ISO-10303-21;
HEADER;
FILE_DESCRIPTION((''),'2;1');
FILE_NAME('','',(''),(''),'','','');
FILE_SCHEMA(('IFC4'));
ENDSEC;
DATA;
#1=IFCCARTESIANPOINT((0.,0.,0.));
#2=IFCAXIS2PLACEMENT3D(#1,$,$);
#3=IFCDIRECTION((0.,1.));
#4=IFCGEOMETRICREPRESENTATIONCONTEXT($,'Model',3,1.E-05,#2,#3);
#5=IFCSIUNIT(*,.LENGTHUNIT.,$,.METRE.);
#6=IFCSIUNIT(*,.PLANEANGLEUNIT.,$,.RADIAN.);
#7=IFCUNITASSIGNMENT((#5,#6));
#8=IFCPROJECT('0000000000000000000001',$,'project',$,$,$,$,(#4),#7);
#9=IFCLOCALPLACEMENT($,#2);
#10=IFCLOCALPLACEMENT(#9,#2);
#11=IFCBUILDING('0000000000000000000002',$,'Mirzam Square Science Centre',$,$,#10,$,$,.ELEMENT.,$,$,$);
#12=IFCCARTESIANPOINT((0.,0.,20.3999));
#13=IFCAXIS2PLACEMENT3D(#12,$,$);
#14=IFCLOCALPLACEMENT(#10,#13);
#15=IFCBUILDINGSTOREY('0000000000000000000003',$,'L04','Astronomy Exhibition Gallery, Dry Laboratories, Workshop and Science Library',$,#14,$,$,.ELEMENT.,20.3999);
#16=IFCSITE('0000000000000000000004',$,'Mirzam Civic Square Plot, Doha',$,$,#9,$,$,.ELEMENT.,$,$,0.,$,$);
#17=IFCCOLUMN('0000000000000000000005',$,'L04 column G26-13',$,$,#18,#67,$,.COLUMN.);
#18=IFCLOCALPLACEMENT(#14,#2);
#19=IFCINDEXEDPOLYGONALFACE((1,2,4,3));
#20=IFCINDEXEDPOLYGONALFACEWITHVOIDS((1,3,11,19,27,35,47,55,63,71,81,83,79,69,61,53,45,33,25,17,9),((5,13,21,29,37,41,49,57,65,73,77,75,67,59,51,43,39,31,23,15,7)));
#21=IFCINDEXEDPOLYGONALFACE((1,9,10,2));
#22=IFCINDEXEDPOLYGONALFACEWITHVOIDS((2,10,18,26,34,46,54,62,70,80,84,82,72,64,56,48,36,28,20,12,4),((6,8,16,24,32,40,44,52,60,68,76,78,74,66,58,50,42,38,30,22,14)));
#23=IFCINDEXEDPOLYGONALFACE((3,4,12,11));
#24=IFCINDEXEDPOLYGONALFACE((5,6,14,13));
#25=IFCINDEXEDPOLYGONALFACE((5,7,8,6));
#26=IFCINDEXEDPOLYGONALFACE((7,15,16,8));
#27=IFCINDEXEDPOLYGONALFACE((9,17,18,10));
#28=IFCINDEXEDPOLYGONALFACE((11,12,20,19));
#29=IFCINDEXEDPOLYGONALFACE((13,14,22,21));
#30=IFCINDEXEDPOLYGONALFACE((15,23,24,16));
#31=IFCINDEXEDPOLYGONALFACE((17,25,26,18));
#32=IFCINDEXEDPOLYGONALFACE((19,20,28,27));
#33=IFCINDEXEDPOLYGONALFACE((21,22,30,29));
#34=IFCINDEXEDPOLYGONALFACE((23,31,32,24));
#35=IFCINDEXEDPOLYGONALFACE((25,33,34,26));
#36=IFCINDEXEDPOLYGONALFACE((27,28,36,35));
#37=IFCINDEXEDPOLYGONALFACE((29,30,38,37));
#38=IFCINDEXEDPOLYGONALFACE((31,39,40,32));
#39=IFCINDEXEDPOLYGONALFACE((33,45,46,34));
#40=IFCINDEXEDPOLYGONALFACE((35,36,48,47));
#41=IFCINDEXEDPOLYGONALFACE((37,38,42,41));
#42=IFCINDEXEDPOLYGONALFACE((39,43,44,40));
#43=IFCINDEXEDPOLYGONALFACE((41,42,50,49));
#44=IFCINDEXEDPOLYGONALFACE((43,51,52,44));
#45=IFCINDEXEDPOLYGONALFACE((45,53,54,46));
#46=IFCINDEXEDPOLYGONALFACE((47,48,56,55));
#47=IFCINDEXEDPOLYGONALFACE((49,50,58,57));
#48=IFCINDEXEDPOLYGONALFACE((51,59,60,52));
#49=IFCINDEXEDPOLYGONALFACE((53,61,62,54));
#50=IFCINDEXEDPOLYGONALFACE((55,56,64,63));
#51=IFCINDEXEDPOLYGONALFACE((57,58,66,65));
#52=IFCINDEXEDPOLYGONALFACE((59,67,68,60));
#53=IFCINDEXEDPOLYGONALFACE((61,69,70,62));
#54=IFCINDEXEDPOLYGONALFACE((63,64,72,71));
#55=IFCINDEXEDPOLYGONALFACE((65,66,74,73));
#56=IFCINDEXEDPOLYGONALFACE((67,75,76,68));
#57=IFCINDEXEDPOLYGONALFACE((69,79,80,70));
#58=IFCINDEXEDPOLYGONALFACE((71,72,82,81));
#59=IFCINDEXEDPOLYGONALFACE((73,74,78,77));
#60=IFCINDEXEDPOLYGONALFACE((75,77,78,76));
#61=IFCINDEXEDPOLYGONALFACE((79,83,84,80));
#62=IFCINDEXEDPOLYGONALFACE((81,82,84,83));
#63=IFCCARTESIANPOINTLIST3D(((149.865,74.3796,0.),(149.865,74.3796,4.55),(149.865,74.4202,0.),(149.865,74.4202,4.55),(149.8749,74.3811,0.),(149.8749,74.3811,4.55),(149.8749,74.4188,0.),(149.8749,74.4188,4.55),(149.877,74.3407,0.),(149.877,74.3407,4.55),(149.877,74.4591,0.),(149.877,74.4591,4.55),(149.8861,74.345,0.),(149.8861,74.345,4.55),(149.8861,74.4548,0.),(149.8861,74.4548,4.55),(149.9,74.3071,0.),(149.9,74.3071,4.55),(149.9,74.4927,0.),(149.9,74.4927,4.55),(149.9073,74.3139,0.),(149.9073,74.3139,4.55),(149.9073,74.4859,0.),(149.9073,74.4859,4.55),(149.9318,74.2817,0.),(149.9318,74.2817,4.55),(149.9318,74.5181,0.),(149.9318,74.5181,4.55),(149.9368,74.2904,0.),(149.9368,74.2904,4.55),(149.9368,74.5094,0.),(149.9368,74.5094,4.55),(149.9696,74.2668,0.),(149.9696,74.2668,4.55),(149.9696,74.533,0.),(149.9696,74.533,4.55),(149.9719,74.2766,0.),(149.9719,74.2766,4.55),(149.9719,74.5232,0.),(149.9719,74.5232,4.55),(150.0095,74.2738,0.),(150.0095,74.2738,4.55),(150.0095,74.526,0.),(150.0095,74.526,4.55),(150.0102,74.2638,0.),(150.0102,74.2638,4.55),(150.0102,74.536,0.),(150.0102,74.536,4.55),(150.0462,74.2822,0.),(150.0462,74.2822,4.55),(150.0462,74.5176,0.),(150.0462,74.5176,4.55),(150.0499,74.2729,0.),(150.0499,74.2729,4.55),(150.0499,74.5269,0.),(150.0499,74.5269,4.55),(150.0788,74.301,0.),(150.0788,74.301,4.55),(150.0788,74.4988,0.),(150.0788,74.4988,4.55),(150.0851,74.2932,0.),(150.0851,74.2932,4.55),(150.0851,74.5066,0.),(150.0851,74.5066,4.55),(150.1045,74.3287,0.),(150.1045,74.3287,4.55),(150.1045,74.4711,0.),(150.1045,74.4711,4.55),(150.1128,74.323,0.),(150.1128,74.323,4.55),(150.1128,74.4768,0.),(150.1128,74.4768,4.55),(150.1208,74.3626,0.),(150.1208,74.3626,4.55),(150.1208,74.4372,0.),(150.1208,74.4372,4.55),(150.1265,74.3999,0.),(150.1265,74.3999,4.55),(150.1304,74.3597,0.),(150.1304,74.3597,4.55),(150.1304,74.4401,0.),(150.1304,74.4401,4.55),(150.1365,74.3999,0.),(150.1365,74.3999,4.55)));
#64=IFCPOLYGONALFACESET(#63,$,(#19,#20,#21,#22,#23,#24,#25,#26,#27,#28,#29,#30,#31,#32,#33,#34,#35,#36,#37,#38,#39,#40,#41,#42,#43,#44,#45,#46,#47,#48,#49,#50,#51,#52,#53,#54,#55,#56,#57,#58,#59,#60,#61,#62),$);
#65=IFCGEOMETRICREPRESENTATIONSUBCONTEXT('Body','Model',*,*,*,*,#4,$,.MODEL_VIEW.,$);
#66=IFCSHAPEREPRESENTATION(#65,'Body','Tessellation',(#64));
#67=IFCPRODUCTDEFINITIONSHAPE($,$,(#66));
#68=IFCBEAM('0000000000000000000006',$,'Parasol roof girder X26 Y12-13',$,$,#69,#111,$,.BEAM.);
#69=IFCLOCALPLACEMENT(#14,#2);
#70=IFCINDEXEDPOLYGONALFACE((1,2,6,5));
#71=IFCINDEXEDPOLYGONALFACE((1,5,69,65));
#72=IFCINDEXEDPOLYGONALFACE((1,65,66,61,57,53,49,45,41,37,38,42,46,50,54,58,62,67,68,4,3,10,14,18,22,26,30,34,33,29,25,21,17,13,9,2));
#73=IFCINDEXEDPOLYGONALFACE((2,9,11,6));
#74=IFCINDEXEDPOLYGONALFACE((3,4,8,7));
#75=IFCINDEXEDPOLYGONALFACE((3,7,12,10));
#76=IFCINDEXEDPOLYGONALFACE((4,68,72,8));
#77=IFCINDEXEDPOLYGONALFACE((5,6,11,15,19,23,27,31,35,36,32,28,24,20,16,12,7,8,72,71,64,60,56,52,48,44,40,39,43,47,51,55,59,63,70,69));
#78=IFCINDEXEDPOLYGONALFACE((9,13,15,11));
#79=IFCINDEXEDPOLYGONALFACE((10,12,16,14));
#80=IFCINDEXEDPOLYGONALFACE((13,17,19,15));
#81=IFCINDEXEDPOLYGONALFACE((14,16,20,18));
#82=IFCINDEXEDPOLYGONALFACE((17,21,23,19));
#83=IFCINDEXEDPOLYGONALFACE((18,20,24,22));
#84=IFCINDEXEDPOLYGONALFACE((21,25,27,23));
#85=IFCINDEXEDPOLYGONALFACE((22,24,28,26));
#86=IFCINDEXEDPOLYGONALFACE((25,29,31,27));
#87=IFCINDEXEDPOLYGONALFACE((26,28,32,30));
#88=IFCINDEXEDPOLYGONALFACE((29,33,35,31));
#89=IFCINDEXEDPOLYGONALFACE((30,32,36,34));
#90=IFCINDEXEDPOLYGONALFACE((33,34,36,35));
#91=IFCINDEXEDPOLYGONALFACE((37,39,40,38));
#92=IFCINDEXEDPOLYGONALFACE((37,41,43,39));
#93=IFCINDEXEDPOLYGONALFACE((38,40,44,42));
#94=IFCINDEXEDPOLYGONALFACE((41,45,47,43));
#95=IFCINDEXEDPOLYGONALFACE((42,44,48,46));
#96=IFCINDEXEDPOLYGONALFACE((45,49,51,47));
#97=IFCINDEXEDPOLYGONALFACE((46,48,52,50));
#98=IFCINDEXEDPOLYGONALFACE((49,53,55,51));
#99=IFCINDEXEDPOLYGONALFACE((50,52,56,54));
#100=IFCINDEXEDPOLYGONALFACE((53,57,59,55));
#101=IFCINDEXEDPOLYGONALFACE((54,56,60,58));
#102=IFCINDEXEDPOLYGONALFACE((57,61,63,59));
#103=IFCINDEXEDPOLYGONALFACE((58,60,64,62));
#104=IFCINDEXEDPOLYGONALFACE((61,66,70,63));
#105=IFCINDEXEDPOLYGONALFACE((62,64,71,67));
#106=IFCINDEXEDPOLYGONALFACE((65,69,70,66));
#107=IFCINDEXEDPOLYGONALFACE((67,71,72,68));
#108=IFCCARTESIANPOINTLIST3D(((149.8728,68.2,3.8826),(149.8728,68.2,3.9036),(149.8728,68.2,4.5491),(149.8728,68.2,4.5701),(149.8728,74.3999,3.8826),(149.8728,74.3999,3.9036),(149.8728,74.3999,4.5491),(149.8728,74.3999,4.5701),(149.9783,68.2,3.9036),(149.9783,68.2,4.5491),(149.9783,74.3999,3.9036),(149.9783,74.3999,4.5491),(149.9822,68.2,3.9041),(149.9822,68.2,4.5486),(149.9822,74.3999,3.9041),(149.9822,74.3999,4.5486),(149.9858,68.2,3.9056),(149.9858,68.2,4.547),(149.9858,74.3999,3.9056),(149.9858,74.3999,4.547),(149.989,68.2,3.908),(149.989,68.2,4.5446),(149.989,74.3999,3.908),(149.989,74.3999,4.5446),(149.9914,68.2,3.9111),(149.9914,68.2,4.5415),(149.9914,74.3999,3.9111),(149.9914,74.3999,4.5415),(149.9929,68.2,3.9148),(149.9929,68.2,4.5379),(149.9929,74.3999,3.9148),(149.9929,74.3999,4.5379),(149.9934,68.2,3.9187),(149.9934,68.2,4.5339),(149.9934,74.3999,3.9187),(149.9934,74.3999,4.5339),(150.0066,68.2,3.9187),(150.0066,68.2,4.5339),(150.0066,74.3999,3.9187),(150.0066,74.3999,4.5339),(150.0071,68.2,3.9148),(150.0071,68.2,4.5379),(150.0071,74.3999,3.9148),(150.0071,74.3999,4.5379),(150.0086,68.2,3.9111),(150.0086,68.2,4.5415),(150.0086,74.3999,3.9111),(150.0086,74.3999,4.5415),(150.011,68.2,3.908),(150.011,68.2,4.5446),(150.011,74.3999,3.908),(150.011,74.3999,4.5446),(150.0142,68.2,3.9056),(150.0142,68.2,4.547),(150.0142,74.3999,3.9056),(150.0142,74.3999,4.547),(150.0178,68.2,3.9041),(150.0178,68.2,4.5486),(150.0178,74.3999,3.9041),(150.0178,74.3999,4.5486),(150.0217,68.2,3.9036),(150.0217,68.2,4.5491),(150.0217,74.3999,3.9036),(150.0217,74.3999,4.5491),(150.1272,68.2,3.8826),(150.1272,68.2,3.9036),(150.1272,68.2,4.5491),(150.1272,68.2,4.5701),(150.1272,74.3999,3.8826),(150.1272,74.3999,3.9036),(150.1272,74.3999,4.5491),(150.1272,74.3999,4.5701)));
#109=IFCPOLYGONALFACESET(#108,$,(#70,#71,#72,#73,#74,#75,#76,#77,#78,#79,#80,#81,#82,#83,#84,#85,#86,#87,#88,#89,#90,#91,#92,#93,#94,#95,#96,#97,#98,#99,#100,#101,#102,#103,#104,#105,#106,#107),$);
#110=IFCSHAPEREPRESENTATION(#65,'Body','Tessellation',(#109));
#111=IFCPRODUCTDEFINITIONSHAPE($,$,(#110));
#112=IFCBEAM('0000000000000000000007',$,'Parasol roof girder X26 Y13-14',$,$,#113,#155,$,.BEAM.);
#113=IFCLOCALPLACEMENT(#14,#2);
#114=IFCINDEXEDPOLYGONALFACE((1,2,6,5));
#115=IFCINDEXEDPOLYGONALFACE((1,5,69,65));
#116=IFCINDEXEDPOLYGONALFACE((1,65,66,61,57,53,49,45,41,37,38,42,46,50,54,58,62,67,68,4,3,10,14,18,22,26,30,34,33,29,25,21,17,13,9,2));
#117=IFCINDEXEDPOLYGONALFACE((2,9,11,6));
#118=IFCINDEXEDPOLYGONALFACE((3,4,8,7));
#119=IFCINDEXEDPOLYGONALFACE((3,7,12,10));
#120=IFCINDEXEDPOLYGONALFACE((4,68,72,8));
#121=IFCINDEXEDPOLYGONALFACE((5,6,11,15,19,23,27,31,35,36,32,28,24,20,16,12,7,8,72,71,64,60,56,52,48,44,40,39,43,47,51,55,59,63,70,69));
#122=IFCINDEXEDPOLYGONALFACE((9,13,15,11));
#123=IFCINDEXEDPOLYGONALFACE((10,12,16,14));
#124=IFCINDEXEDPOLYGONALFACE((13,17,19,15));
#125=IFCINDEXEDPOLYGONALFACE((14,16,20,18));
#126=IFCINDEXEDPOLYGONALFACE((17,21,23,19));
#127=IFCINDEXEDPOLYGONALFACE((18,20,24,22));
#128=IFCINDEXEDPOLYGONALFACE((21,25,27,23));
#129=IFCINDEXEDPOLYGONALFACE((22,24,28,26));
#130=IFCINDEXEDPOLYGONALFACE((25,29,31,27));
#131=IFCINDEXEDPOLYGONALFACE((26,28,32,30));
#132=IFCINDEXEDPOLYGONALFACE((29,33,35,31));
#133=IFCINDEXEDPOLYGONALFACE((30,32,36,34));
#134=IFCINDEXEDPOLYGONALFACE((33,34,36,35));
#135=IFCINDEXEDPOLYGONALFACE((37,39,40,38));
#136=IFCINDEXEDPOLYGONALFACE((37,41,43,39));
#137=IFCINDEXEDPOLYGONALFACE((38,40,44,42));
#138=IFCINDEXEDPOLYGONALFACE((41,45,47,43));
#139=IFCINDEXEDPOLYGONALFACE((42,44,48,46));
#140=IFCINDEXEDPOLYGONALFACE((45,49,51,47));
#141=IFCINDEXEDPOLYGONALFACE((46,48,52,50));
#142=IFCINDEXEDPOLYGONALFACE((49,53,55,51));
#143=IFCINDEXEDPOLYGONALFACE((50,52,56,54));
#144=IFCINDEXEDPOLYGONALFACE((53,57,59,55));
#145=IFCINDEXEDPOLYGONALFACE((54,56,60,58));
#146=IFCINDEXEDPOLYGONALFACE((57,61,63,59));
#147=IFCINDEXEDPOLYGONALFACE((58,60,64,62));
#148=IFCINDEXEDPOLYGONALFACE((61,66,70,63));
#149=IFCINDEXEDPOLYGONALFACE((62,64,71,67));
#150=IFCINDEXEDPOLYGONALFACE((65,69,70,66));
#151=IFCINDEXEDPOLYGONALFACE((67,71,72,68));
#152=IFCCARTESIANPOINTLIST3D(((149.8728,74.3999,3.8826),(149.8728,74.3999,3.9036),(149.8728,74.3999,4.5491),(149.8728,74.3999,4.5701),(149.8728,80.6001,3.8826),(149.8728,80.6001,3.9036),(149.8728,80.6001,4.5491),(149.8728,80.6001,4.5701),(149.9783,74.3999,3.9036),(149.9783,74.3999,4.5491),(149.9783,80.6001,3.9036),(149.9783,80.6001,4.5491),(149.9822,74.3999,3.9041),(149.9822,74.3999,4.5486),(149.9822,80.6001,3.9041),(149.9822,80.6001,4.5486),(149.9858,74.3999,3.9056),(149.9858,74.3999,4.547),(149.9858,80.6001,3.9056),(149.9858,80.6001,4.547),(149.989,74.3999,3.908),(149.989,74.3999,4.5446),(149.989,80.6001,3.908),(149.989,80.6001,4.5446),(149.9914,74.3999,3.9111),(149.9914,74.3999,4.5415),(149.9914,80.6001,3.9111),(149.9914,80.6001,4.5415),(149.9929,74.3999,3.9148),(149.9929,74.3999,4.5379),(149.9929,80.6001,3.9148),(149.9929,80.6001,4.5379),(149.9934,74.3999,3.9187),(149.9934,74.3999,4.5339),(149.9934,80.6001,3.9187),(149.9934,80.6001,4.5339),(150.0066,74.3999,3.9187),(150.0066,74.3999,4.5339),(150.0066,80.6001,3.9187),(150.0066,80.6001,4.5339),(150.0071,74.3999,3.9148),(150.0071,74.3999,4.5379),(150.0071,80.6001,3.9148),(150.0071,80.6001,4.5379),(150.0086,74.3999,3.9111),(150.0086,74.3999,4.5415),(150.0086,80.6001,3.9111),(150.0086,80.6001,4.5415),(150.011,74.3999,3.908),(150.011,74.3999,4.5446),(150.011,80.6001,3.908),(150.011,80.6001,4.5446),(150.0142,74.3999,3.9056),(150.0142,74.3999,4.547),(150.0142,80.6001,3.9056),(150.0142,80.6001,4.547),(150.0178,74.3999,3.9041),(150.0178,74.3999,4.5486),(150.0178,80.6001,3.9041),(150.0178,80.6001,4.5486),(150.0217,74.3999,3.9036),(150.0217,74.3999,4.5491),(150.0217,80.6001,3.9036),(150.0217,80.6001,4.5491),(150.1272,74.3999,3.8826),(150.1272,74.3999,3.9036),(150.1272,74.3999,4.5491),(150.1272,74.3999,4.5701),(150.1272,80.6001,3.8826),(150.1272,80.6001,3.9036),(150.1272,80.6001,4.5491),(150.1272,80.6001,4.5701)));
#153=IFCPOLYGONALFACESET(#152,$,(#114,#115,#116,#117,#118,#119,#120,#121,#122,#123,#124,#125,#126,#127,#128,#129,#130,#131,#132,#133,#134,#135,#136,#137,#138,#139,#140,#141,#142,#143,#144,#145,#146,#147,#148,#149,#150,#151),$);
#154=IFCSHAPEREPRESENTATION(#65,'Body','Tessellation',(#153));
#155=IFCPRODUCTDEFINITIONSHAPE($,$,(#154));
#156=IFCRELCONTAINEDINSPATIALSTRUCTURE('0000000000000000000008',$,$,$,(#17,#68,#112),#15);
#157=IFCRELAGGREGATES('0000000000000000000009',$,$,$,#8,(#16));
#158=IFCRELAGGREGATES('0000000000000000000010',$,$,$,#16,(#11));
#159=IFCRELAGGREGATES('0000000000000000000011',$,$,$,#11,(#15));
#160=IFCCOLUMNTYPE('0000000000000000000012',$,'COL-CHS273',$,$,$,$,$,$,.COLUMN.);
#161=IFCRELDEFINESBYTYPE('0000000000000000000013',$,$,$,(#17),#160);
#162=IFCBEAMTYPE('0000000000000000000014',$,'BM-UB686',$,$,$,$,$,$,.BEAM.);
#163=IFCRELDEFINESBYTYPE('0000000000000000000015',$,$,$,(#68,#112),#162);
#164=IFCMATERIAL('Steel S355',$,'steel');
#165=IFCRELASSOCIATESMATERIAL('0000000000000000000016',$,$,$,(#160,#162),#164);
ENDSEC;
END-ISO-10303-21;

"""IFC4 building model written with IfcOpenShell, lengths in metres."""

from ifc_helpers import new_model, si_unit, direction, frame, origin, origin_2d, place, context, subcontext, project, spatial, hollow_circle, i_section, extrude, material, material_profile, profile_set, type_object, element, save


model = new_model("IFC4")

# Units and contexts
model_context = context("Model", 3, precision=1e-05, world=origin(), true_north=direction((0.0, 1.0)))
body_context = subcontext(model_context, "Body", "Model", "MODEL_VIEW")
ifc_project = project(units=[si_unit("LENGTHUNIT", "METRE"), si_unit("PLANEANGLEUNIT", "RADIAN")], contexts=[model_context])

# Site, building, storey
site_placement = place(None, origin())
site = spatial("IfcSite", under=ifc_project, at=site_placement, Name="Mirzam Civic Square Plot, Doha", CompositionType="ELEMENT", RefElevation=0.0)
building_placement = place(site_placement, origin())
building = spatial("IfcBuilding", under=site, at=building_placement, Name="Mirzam Square Science Centre", CompositionType="ELEMENT")
storey_placement = place(building_placement, frame((0.0, 0.0, 20.3999)))
storey = spatial("IfcBuildingStorey", under=building, at=storey_placement, Name="L04", Description="Astronomy Exhibition Gallery, Dry Laboratories, Workshop and Science Library", CompositionType="ELEMENT", Elevation=20.3999)

# Column
ifc_material_1 = material(Name="Steel S355", Category="steel")
ifc_material_profile_1 = material_profile(ifc_material_1, hollow_circle(Radius=0.1365, WallThickness=0.01, at=origin_2d()), Name="273.0x10.0CHS")
ifc_profile_set_1 = profile_set([ifc_material_profile_1], Name="Steel S355")
column_type = type_object("IfcColumnType", Name="COL-CHS273", PredefinedType="COLUMN", material=ifc_profile_set_1)
column_placement = place(storey_placement, frame((150.0, 74.3999, 0.0), z_axis=(0.0, 0.0, 1.0), x_axis=(1.0, 0.0, 0.0)))
element("IfcColumn", 1, at=column_placement, inside=storey, type_object=column_type, Name="L04 column G26-13", PredefinedType="COLUMN", context=body_context, shape_type="SweptSolid", body=[
    extrude(hollow_circle(Radius=0.1365, WallThickness=0.01, at=origin_2d()), origin(), (0.0, 0.0, 1.0), 4.55),
])

# Beams
ifc_material_profile_2 = material_profile(ifc_material_1, i_section(OverallWidth=0.2544, OverallDepth=0.6875, WebThickness=0.0132, FlangeThickness=0.021, FilletRadius=0.0151, at=origin_2d()), Name="686x254x152UB")
ifc_profile_set_2 = profile_set([ifc_material_profile_2], Name="Steel S355")
beam_type_1 = type_object("IfcBeamType", Name="BM-UB686", PredefinedType="BEAM", material=ifc_profile_set_2)
beam_1_placement = place(storey_placement, frame((150.0, 68.2, 4.2263), z_axis=(0.0, 1.0, 0.0), x_axis=(-1.0, 0.0, 0.0)))
element("IfcBeam", 2, at=beam_1_placement, inside=storey, type_object=beam_type_1, Name="Parasol roof girder X26 Y12-13", PredefinedType="BEAM", context=body_context, shape_type="SweptSolid", body=[
    extrude(i_section(OverallWidth=0.2544, OverallDepth=0.6875, WebThickness=0.0132, FlangeThickness=0.021, FilletRadius=0.0151, at=origin_2d()), origin(), (0.0, 0.0, 1.0), 6.2),
])
beam_2_placement = place(storey_placement, frame((150.0, 74.3999, 4.2263), z_axis=(0.0, 1.0, 0.0), x_axis=(-1.0, 0.0, 0.0)))
element("IfcBeam", 3, at=beam_2_placement, inside=storey, type_object=beam_type_1, Name="Parasol roof girder X26 Y13-14", PredefinedType="BEAM", context=body_context, shape_type="SweptSolid", body=[
    extrude(i_section(OverallWidth=0.2544, OverallDepth=0.6875, WebThickness=0.0132, FlangeThickness=0.021, FilletRadius=0.0151, at=origin_2d()), origin(), (0.0, 0.0, 1.0), 6.2002),
])

save(model, "model.ifc")
